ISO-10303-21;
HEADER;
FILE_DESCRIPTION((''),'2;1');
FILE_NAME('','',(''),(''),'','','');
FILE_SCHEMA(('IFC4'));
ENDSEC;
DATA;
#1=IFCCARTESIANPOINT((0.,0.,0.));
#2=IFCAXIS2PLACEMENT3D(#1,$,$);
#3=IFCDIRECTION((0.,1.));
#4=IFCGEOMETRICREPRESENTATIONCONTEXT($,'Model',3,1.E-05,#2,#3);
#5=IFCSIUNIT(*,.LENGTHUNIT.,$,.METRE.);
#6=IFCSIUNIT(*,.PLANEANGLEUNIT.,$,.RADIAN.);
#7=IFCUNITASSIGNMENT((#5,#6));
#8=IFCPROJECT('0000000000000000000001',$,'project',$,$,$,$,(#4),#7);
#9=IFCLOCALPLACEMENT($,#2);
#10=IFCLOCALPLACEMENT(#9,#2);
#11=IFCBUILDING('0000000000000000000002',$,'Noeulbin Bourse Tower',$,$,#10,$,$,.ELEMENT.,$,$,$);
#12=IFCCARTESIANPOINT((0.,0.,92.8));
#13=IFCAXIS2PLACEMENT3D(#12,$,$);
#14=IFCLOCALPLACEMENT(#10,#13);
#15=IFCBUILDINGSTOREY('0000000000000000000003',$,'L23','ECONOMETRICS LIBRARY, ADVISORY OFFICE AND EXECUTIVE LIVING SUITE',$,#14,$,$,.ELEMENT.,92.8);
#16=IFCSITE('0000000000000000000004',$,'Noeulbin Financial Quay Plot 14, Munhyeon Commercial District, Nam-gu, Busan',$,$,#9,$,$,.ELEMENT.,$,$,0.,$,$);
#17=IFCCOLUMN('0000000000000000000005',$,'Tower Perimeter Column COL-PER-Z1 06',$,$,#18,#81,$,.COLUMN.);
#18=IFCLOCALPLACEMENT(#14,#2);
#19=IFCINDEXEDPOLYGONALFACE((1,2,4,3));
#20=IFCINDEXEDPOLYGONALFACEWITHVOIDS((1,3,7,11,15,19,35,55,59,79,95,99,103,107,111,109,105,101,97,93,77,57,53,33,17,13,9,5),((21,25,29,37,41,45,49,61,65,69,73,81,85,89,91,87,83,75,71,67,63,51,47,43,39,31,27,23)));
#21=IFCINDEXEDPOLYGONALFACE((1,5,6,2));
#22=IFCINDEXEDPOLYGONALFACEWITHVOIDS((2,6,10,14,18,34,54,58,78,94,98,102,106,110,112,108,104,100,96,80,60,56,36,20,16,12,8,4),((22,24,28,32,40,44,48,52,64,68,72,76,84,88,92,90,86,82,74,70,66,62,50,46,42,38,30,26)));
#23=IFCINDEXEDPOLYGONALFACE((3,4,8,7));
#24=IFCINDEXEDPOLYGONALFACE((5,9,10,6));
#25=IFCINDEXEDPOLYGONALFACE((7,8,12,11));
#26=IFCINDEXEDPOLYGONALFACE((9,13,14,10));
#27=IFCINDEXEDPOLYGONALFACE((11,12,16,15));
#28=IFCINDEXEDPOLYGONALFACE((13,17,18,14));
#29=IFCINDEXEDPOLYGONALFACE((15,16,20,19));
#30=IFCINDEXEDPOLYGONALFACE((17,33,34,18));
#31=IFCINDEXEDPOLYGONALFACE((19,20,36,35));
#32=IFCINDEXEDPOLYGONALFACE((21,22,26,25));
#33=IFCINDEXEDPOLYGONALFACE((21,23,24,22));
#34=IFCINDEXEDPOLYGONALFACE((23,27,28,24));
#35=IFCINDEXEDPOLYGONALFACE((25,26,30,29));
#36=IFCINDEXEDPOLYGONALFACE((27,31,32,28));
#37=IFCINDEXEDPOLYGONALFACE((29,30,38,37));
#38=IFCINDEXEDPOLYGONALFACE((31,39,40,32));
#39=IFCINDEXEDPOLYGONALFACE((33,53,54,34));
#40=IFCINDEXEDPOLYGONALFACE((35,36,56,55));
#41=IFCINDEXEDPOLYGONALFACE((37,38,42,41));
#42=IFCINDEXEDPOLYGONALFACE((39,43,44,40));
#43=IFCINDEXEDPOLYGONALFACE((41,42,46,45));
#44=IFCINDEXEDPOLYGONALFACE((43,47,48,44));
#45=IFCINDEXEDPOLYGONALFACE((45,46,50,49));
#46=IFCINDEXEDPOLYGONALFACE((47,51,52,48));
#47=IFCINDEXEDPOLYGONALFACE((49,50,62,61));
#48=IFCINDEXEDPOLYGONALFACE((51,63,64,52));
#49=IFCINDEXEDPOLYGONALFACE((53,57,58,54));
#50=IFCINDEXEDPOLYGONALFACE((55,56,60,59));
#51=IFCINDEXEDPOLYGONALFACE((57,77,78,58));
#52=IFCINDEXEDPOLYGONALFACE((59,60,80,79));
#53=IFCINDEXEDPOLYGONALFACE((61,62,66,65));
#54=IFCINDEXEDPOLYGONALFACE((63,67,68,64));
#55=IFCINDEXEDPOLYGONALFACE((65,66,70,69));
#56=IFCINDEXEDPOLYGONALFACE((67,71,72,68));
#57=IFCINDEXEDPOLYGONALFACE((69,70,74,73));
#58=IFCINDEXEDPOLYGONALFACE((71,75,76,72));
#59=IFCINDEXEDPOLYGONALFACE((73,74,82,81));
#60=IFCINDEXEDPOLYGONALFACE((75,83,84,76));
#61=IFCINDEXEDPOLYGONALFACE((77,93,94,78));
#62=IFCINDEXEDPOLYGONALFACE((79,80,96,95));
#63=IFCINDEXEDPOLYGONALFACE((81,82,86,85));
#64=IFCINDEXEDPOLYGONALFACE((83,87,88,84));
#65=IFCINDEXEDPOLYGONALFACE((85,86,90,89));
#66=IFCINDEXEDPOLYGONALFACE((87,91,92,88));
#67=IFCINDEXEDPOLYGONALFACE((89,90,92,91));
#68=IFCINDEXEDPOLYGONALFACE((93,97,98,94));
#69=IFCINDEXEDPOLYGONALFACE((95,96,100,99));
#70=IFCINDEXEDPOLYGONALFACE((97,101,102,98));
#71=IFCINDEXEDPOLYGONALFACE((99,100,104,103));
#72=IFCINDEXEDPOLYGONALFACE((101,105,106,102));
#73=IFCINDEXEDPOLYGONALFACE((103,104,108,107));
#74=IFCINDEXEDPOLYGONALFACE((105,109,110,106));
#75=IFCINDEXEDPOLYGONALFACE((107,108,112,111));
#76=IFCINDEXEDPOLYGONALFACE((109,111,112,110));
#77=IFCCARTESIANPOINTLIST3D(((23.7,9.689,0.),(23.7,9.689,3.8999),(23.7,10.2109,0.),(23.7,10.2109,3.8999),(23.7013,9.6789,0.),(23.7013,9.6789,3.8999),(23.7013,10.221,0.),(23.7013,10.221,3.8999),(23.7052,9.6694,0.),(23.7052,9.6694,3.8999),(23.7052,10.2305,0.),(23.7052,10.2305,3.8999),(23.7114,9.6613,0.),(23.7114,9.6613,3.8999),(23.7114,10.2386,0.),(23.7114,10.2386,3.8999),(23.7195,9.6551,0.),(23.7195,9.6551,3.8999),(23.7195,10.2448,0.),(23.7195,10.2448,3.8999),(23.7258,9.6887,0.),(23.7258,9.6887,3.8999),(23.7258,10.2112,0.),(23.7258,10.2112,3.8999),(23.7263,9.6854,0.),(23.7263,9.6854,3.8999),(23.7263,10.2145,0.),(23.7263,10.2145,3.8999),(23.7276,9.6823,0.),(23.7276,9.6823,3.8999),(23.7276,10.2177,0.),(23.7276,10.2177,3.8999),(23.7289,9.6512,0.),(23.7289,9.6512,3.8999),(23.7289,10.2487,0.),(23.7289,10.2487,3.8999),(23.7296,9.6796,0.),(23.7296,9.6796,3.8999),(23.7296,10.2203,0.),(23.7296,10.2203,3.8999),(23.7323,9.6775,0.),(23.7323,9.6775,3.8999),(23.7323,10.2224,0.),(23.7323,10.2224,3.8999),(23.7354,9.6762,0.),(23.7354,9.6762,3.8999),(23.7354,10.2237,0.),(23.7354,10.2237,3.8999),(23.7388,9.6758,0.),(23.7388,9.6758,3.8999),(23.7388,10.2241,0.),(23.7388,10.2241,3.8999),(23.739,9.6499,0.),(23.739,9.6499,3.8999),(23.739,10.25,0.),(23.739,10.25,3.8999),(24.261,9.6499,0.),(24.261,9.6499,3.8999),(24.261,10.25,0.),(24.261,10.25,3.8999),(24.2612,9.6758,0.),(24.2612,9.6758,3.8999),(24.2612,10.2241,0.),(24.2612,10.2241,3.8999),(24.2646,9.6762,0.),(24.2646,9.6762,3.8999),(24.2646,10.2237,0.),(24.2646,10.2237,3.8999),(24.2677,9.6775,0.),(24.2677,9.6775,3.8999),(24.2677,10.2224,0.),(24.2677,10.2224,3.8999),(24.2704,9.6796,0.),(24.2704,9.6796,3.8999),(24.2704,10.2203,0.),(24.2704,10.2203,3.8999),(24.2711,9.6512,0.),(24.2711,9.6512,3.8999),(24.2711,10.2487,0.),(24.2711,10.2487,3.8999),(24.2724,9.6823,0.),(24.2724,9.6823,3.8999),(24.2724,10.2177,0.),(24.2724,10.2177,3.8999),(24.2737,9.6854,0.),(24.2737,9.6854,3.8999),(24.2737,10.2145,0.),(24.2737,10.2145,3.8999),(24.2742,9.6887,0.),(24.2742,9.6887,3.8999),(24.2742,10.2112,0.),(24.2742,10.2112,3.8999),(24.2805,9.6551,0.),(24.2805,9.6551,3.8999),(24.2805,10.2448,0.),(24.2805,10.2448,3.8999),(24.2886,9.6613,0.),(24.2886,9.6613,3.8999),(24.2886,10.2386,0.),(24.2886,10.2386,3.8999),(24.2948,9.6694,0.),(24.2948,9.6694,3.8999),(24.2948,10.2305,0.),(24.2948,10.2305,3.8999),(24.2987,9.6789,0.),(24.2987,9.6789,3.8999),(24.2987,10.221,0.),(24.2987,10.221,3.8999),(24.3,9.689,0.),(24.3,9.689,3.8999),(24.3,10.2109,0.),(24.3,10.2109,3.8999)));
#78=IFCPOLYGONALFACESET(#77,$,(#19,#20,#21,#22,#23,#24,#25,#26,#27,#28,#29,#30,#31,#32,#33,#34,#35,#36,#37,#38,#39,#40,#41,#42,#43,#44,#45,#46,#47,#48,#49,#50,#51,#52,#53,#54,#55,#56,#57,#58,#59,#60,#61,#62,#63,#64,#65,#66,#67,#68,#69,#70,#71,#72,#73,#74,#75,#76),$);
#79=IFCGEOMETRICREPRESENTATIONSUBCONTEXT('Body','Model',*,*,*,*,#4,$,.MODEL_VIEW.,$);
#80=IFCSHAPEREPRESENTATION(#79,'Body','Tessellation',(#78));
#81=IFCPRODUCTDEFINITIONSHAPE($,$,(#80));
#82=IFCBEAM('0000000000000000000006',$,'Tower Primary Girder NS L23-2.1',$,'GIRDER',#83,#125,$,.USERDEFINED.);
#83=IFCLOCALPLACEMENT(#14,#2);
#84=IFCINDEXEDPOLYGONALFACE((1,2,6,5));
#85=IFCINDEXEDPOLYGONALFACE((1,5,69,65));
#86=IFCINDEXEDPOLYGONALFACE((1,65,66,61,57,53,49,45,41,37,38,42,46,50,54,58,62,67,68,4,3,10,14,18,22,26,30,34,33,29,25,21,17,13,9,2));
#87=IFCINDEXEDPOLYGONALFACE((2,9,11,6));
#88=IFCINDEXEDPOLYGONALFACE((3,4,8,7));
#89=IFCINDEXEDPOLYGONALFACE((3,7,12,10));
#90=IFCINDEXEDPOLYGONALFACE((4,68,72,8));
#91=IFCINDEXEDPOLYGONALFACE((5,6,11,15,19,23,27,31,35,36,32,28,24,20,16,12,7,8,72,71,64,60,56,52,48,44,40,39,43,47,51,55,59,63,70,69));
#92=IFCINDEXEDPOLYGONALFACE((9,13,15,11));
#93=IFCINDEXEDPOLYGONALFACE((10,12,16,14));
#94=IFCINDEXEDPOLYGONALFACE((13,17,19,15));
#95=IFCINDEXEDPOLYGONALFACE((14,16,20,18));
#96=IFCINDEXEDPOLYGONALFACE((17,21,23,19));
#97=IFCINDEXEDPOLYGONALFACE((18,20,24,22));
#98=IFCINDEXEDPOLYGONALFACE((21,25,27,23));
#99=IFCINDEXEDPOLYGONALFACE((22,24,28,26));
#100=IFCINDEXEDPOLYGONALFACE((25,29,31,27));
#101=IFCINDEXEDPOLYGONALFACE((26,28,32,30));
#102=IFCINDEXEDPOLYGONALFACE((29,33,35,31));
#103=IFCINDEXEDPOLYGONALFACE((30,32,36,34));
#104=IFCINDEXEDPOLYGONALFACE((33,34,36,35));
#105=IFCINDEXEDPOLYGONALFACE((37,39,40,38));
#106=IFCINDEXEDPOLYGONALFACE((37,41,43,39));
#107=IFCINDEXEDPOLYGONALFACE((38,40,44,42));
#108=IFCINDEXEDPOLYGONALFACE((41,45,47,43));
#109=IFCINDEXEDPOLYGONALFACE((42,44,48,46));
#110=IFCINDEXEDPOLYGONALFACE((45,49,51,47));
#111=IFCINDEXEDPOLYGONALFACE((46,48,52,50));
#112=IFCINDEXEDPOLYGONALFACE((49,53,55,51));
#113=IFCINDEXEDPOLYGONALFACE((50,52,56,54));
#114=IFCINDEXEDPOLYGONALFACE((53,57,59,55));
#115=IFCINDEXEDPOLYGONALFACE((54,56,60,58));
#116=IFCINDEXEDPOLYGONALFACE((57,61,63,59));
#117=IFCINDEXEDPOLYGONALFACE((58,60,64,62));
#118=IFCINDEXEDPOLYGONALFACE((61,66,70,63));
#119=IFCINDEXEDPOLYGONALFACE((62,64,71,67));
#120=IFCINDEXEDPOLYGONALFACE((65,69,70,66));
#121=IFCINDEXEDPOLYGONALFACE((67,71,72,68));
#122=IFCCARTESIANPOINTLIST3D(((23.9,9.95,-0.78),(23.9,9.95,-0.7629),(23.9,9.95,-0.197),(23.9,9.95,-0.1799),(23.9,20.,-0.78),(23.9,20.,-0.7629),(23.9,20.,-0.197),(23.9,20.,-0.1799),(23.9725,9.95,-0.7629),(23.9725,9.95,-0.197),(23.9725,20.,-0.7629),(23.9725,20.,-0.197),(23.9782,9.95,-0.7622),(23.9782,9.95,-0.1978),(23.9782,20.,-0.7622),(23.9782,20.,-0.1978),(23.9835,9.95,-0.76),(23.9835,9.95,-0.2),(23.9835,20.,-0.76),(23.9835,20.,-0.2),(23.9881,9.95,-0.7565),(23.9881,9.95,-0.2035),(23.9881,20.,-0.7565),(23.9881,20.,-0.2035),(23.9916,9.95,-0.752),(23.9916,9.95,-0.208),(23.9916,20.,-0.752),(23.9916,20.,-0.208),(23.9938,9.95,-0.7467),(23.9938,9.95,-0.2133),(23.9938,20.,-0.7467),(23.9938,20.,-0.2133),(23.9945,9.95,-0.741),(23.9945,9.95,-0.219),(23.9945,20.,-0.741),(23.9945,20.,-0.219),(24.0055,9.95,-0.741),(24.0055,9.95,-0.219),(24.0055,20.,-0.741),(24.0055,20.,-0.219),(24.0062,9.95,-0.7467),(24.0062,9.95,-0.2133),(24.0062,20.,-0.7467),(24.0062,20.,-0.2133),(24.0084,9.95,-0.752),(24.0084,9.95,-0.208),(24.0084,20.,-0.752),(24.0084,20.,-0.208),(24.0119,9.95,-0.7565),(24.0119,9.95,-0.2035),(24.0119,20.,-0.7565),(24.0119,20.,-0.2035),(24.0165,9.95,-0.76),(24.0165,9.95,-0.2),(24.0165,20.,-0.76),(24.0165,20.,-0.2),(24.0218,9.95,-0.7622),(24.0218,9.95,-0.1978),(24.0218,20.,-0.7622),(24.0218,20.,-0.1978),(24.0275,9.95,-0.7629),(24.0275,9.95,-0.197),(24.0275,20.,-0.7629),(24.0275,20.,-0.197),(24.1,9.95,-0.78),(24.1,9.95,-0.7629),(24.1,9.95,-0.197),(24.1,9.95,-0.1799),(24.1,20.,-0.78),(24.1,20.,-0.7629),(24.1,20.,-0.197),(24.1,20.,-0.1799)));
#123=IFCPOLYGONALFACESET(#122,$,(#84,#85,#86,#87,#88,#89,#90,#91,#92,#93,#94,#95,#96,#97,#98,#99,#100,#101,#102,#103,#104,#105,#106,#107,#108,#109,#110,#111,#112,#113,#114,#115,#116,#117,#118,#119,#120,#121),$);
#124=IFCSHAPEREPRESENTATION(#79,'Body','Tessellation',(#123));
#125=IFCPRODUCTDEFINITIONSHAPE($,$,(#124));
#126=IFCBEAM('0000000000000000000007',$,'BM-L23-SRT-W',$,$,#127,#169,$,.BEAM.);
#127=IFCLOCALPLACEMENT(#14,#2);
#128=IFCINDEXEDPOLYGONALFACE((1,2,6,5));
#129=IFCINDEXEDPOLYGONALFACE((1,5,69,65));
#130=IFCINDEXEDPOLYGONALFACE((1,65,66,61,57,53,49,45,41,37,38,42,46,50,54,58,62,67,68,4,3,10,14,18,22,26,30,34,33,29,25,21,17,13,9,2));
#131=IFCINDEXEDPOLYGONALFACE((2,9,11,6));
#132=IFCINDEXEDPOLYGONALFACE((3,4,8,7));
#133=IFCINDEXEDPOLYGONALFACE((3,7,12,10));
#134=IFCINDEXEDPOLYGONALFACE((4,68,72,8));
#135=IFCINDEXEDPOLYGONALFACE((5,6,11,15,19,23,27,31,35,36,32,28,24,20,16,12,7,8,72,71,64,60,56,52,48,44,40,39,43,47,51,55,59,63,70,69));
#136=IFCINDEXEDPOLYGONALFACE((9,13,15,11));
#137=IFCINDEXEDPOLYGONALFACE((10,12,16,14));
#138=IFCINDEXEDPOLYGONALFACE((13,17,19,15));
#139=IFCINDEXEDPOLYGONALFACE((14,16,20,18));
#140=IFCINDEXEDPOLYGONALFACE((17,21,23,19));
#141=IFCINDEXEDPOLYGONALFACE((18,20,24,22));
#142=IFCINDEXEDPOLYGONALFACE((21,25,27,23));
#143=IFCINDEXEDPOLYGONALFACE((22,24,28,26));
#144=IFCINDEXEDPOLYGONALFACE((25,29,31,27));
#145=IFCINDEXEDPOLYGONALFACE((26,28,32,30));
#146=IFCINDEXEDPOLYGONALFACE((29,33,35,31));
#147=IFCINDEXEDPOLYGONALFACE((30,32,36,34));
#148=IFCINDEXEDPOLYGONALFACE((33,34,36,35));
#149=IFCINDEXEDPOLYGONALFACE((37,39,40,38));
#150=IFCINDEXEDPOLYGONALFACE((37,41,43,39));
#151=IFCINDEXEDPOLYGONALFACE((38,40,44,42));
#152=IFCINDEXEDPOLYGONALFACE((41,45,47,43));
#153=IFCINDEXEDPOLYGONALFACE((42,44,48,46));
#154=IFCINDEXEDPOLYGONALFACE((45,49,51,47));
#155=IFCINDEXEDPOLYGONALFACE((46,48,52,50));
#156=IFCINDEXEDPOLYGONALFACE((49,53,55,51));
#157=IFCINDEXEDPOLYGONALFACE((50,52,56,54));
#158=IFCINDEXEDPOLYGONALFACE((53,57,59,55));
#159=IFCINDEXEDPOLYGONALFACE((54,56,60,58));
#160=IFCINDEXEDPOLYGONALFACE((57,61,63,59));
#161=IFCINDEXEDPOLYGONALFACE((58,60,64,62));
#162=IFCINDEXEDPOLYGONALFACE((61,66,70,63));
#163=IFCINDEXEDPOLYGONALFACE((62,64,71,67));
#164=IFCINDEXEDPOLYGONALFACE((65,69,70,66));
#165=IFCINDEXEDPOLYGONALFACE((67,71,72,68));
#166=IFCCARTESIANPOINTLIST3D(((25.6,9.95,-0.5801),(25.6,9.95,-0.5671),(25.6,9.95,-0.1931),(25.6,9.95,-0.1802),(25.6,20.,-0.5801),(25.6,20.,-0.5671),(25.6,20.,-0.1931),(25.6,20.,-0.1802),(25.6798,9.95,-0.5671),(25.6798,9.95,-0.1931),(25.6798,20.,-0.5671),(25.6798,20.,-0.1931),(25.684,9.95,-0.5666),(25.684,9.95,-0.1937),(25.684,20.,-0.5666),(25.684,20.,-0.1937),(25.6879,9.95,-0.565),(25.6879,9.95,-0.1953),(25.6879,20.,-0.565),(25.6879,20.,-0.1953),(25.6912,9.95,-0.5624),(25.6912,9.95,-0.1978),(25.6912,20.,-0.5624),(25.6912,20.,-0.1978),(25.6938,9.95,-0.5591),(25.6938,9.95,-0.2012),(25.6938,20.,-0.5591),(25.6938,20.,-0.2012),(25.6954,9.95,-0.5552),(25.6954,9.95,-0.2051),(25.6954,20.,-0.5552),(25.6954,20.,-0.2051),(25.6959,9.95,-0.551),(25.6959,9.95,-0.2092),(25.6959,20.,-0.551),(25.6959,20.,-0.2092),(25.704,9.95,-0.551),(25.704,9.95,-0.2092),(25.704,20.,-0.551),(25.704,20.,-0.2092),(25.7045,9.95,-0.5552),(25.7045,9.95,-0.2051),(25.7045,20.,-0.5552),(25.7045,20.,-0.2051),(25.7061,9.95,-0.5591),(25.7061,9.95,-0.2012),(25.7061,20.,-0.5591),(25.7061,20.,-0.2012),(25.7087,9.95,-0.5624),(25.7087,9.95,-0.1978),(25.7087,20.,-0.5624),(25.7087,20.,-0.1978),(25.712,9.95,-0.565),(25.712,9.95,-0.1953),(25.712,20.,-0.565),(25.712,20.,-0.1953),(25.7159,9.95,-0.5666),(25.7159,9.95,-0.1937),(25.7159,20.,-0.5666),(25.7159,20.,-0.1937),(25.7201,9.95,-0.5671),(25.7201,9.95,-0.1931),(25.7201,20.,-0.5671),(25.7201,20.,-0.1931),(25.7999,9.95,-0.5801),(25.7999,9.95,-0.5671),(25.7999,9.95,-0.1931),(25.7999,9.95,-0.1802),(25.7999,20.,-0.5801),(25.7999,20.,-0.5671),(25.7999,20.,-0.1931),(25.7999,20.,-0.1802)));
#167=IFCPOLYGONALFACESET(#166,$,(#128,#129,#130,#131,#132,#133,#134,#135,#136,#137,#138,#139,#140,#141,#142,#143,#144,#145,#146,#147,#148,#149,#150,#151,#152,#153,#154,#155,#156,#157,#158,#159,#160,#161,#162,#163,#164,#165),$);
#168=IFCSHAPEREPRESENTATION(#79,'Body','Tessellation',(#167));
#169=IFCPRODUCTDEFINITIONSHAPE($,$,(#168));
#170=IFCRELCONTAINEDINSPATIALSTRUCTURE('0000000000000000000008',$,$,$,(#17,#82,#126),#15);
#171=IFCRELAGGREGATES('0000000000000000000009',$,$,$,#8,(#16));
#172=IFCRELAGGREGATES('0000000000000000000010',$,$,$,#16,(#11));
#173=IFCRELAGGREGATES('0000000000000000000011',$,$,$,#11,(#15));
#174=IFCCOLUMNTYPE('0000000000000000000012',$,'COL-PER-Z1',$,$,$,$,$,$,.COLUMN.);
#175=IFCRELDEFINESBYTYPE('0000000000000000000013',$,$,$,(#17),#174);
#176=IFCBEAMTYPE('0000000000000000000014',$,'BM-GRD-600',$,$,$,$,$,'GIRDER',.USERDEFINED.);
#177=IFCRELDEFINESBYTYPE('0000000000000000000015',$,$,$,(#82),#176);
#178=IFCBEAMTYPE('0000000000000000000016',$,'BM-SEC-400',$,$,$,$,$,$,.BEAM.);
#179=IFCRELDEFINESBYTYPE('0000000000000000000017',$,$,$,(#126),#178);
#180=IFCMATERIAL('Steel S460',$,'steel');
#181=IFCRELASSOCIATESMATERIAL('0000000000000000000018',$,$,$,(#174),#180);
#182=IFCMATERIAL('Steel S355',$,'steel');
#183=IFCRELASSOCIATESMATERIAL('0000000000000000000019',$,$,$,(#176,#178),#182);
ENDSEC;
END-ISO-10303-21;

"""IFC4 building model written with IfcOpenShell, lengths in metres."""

from ifc_helpers import new_model, si_unit, direction, frame, origin, origin_2d, place, context, subcontext, project, spatial, hollow_rectangle, i_section, extrude, material, material_profile, profile_set, type_object, element, save


model = new_model("IFC4")

# Units and contexts
model_context = context("Model", 3, precision=1e-05, world=origin(), true_north=direction((0.0, 1.0)))
body_context = subcontext(model_context, "Body", "Model", "MODEL_VIEW")
ifc_project = project(units=[si_unit("LENGTHUNIT", "METRE"), si_unit("PLANEANGLEUNIT", "RADIAN")], contexts=[model_context])

# Site, building, storey
site_placement = place(None, origin())
site = spatial("IfcSite", under=ifc_project, at=site_placement, Name="Noeulbin Financial Quay Plot 14, Munhyeon Commercial District, Nam-gu, Busan", CompositionType="ELEMENT", RefElevation=0.0)
building_placement = place(site_placement, origin())
building = spatial("IfcBuilding", under=site, at=building_placement, Name="Noeulbin Bourse Tower", CompositionType="ELEMENT")
storey_placement = place(building_placement, frame((0.0, 0.0, 92.8)))
storey = spatial("IfcBuildingStorey", under=building, at=storey_placement, Name="L23", Description="ECONOMETRICS LIBRARY, ADVISORY OFFICE AND EXECUTIVE LIVING SUITE", CompositionType="ELEMENT", Elevation=92.8)

# Column
ifc_material_1 = material(Name="Steel S460", Category="steel")
ifc_material_profile_1 = material_profile(ifc_material_1, hollow_rectangle(XDim=0.6001, YDim=0.6001, WallThickness=0.0259, InnerFilletRadius=0.0129, OuterFilletRadius=0.0391, at=origin_2d()), Name="BOX-600x600x26", Category="LoadBearing")
ifc_profile_set_1 = profile_set([ifc_material_profile_1], Name="Steel S460")
column_type = type_object("IfcColumnType", Name="COL-PER-Z1", PredefinedType="COLUMN", material=ifc_profile_set_1)
column_placement = place(storey_placement, frame((24.0, 9.95, 0.0), z_axis=(0.0, 0.0, 1.0), x_axis=(1.0, 0.0, 0.0)))
element("IfcColumn", 1, at=column_placement, inside=storey, type_object=column_type, Name="Tower Perimeter Column COL-PER-Z1 06", PredefinedType="COLUMN", context=body_context, shape_type="SweptSolid", body=[
    extrude(hollow_rectangle(XDim=0.6001, YDim=0.6001, WallThickness=0.0259, InnerFilletRadius=0.0129, OuterFilletRadius=0.0391, at=origin_2d()), origin(), (0.0, 0.0, 1.0), 3.8999),
])

# Beams
ifc_material_2 = material(Name="Steel S355", Category="steel")
ifc_material_profile_2 = material_profile(ifc_material_2, i_section(OverallWidth=0.2, OverallDepth=0.6001, WebThickness=0.011, FlangeThickness=0.0171, FilletRadius=0.022, at=origin_2d()), Name="H-600x200x11x17", Category="LoadBearing")
ifc_profile_set_2 = profile_set([ifc_material_profile_2], Name="Steel S355")
beam_type_1 = type_object("IfcBeamType", Name="BM-GRD-600", ElementType="GIRDER", PredefinedType="USERDEFINED", material=ifc_profile_set_2)
beam_1_placement = place(storey_placement, frame((24.0, 9.95, -0.48), z_axis=(0.0, 1.0, 0.0), x_axis=(-1.0, 0.0, 0.0)))
element("IfcBeam", 2, at=beam_1_placement, inside=storey, type_object=beam_type_1, Name="Tower Primary Girder NS L23-2.1", ObjectType="GIRDER", PredefinedType="USERDEFINED", context=body_context, shape_type="SweptSolid", body=[
    extrude(i_section(OverallWidth=0.2, OverallDepth=0.6001, WebThickness=0.011, FlangeThickness=0.0171, FilletRadius=0.022, at=origin_2d()), origin(), (0.0, 0.0, 1.0), 10.05),
])
ifc_material_profile_3 = material_profile(ifc_material_2, i_section(OverallWidth=0.2, OverallDepth=0.3999, WebThickness=0.0081, FlangeThickness=0.0129, FilletRadius=0.0161, at=origin_2d()), Name="H-400x200x8x13", Category="LoadBearing")
ifc_profile_set_3 = profile_set([ifc_material_profile_3], Name="Steel S355")
beam_type_2 = type_object("IfcBeamType", Name="BM-SEC-400", PredefinedType="BEAM", material=ifc_profile_set_3)
beam_2_placement = place(storey_placement, frame((25.7, 9.95, -0.3801), z_axis=(0.0, 1.0, 0.0), x_axis=(-1.0, 0.0, 0.0)))
element("IfcBeam", 3, at=beam_2_placement, inside=storey, type_object=beam_type_2, Name="BM-L23-SRT-W", PredefinedType="BEAM", context=body_context, shape_type="SweptSolid", body=[
    extrude(i_section(OverallWidth=0.2, OverallDepth=0.3999, WebThickness=0.0081, FlangeThickness=0.0129, FilletRadius=0.0161, at=origin_2d()), origin(), (0.0, 0.0, 1.0), 10.05),
])

save(model, "model.ifc")
